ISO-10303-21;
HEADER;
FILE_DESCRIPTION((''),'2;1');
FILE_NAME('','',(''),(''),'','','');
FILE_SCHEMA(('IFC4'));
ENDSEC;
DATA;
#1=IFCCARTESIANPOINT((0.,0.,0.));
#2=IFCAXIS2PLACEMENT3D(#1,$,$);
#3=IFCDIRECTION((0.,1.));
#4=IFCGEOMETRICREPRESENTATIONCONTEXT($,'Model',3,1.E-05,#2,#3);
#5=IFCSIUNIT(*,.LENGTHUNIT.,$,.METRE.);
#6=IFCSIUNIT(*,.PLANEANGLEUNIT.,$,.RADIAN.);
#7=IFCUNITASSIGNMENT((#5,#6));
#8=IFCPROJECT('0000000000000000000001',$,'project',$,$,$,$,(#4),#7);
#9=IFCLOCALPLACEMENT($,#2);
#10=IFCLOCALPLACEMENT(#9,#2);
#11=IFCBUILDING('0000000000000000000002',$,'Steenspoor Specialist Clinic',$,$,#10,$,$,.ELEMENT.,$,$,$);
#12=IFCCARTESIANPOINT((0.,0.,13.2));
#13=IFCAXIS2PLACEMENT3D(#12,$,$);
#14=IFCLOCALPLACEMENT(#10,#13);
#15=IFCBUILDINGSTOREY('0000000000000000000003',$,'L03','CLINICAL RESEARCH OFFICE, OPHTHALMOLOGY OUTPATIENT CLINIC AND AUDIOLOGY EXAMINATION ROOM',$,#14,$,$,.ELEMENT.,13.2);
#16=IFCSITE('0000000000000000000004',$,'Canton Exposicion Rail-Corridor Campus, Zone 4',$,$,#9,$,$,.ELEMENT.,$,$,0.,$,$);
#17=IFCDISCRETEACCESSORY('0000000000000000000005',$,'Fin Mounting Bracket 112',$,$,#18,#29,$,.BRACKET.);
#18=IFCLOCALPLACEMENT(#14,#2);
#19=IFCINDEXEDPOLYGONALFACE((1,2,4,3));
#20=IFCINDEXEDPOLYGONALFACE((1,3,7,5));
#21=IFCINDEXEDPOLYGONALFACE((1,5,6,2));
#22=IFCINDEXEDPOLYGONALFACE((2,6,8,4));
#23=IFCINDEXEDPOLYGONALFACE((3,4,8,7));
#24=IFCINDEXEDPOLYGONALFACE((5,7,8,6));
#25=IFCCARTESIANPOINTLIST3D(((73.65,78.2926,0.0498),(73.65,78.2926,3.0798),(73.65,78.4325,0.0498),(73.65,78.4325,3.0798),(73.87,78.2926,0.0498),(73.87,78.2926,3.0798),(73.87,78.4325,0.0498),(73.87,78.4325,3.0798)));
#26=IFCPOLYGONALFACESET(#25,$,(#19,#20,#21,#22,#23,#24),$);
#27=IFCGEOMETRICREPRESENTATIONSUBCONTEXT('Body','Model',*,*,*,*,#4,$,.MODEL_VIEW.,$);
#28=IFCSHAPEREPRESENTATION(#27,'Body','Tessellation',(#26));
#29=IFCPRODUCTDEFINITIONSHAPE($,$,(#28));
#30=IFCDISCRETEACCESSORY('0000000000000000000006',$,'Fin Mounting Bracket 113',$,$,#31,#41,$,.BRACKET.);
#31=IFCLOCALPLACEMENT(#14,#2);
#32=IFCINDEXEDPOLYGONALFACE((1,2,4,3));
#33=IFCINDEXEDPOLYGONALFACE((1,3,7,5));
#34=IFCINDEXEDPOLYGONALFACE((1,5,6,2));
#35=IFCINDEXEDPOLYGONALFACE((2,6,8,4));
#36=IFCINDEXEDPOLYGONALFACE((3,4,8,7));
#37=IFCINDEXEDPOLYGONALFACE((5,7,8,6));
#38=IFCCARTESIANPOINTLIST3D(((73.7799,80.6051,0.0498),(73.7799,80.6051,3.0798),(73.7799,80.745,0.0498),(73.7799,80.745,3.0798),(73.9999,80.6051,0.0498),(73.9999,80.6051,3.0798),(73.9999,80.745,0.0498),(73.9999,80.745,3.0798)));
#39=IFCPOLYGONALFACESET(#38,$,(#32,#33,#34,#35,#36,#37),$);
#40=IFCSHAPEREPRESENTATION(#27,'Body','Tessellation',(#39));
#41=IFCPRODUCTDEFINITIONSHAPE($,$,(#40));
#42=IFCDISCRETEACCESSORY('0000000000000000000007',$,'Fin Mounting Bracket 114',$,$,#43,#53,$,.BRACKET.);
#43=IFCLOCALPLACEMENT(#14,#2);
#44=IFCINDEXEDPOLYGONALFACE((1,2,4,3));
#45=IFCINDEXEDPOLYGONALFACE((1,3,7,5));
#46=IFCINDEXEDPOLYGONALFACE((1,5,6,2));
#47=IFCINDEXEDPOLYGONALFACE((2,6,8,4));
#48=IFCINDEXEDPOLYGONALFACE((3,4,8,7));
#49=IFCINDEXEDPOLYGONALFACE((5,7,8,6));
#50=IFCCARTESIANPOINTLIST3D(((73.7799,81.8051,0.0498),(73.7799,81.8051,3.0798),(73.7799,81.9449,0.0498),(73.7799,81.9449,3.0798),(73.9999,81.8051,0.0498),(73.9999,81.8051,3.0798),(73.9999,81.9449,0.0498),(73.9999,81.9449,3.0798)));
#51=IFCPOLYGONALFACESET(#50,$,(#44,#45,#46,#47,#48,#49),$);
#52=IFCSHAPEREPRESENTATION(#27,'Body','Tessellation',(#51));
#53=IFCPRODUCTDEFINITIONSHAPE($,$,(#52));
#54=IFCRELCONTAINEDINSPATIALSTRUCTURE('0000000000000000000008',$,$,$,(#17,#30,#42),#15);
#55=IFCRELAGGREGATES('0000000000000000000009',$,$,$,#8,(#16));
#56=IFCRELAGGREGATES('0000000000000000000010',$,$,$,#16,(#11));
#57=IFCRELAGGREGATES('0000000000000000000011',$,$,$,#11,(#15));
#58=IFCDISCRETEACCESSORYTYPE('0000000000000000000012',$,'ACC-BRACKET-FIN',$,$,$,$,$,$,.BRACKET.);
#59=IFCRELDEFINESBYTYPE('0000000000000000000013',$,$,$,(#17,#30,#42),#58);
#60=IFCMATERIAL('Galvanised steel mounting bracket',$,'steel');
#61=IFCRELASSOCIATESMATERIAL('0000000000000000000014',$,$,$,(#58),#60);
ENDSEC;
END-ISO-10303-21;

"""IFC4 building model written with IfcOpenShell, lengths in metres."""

from ifc_helpers import new_model, si_unit, direction, frame, origin, origin_2d, place, context, subcontext, project, spatial, rectangle, extrude, material, type_object, element, save


model = new_model("IFC4")

# Units and contexts
model_context = context("Model", 3, precision=1e-05, world=origin(), true_north=direction((0.0, 1.0)))
body_context = subcontext(model_context, "Body", "Model", "MODEL_VIEW")
ifc_project = project(units=[si_unit("LENGTHUNIT", "METRE"), si_unit("PLANEANGLEUNIT", "RADIAN")], contexts=[model_context])

# Site, building, storey
site_placement = place(None, origin())
site = spatial("IfcSite", under=ifc_project, at=site_placement, Name="Canton Exposicion Rail-Corridor Campus, Zone 4", CompositionType="ELEMENT", RefElevation=0.0)
building_placement = place(site_placement, origin())
building = spatial("IfcBuilding", under=site, at=building_placement, Name="Steenspoor Specialist Clinic", CompositionType="ELEMENT")
storey_placement = place(building_placement, frame((0.0, 0.0, 13.2)))
storey = spatial("IfcBuildingStorey", under=building, at=storey_placement, Name="L03", Description="CLINICAL RESEARCH OFFICE, OPHTHALMOLOGY OUTPATIENT CLINIC AND AUDIOLOGY EXAMINATION ROOM", CompositionType="ELEMENT", Elevation=13.2)

# Discrete accessories
ifc_material_1 = material(Name="Galvanised steel mounting bracket", Category="steel")
discrete_accessory_type = type_object("IfcDiscreteAccessoryType", Name="ACC-BRACKET-FIN", PredefinedType="BRACKET", material=ifc_material_1)
for number, where, z_axis, x_axis, name in (
    (1, (73.76, 78.3625, 0.0498), (0.0, 0.0, 1.0), (-1.0, 0.0, 0.0), "Fin Mounting Bracket 112"),
    (2, (73.8899, 80.675, 0.0498), (0.0, 0.0, 1.0), (-1.0, 0.0, 0.0), "Fin Mounting Bracket 113"),
    (3, (73.8899, 81.875, 0.0498), (0.0, 0.0, 1.0), (-1.0, 0.0, 0.0), "Fin Mounting Bracket 114"),
):
    element("IfcDiscreteAccessory", number, at=place(storey_placement, frame(where, z_axis=z_axis, x_axis=x_axis)), inside=storey, type_object=discrete_accessory_type, Name=name, PredefinedType="BRACKET", context=body_context, shape_type="SweptSolid", body=[
        extrude(rectangle(XDim=0.22, YDim=0.1399, at=origin_2d()), origin(), (0.0, 0.0, 1.0), 3.03),
    ])

save(model, "model.ifc")
